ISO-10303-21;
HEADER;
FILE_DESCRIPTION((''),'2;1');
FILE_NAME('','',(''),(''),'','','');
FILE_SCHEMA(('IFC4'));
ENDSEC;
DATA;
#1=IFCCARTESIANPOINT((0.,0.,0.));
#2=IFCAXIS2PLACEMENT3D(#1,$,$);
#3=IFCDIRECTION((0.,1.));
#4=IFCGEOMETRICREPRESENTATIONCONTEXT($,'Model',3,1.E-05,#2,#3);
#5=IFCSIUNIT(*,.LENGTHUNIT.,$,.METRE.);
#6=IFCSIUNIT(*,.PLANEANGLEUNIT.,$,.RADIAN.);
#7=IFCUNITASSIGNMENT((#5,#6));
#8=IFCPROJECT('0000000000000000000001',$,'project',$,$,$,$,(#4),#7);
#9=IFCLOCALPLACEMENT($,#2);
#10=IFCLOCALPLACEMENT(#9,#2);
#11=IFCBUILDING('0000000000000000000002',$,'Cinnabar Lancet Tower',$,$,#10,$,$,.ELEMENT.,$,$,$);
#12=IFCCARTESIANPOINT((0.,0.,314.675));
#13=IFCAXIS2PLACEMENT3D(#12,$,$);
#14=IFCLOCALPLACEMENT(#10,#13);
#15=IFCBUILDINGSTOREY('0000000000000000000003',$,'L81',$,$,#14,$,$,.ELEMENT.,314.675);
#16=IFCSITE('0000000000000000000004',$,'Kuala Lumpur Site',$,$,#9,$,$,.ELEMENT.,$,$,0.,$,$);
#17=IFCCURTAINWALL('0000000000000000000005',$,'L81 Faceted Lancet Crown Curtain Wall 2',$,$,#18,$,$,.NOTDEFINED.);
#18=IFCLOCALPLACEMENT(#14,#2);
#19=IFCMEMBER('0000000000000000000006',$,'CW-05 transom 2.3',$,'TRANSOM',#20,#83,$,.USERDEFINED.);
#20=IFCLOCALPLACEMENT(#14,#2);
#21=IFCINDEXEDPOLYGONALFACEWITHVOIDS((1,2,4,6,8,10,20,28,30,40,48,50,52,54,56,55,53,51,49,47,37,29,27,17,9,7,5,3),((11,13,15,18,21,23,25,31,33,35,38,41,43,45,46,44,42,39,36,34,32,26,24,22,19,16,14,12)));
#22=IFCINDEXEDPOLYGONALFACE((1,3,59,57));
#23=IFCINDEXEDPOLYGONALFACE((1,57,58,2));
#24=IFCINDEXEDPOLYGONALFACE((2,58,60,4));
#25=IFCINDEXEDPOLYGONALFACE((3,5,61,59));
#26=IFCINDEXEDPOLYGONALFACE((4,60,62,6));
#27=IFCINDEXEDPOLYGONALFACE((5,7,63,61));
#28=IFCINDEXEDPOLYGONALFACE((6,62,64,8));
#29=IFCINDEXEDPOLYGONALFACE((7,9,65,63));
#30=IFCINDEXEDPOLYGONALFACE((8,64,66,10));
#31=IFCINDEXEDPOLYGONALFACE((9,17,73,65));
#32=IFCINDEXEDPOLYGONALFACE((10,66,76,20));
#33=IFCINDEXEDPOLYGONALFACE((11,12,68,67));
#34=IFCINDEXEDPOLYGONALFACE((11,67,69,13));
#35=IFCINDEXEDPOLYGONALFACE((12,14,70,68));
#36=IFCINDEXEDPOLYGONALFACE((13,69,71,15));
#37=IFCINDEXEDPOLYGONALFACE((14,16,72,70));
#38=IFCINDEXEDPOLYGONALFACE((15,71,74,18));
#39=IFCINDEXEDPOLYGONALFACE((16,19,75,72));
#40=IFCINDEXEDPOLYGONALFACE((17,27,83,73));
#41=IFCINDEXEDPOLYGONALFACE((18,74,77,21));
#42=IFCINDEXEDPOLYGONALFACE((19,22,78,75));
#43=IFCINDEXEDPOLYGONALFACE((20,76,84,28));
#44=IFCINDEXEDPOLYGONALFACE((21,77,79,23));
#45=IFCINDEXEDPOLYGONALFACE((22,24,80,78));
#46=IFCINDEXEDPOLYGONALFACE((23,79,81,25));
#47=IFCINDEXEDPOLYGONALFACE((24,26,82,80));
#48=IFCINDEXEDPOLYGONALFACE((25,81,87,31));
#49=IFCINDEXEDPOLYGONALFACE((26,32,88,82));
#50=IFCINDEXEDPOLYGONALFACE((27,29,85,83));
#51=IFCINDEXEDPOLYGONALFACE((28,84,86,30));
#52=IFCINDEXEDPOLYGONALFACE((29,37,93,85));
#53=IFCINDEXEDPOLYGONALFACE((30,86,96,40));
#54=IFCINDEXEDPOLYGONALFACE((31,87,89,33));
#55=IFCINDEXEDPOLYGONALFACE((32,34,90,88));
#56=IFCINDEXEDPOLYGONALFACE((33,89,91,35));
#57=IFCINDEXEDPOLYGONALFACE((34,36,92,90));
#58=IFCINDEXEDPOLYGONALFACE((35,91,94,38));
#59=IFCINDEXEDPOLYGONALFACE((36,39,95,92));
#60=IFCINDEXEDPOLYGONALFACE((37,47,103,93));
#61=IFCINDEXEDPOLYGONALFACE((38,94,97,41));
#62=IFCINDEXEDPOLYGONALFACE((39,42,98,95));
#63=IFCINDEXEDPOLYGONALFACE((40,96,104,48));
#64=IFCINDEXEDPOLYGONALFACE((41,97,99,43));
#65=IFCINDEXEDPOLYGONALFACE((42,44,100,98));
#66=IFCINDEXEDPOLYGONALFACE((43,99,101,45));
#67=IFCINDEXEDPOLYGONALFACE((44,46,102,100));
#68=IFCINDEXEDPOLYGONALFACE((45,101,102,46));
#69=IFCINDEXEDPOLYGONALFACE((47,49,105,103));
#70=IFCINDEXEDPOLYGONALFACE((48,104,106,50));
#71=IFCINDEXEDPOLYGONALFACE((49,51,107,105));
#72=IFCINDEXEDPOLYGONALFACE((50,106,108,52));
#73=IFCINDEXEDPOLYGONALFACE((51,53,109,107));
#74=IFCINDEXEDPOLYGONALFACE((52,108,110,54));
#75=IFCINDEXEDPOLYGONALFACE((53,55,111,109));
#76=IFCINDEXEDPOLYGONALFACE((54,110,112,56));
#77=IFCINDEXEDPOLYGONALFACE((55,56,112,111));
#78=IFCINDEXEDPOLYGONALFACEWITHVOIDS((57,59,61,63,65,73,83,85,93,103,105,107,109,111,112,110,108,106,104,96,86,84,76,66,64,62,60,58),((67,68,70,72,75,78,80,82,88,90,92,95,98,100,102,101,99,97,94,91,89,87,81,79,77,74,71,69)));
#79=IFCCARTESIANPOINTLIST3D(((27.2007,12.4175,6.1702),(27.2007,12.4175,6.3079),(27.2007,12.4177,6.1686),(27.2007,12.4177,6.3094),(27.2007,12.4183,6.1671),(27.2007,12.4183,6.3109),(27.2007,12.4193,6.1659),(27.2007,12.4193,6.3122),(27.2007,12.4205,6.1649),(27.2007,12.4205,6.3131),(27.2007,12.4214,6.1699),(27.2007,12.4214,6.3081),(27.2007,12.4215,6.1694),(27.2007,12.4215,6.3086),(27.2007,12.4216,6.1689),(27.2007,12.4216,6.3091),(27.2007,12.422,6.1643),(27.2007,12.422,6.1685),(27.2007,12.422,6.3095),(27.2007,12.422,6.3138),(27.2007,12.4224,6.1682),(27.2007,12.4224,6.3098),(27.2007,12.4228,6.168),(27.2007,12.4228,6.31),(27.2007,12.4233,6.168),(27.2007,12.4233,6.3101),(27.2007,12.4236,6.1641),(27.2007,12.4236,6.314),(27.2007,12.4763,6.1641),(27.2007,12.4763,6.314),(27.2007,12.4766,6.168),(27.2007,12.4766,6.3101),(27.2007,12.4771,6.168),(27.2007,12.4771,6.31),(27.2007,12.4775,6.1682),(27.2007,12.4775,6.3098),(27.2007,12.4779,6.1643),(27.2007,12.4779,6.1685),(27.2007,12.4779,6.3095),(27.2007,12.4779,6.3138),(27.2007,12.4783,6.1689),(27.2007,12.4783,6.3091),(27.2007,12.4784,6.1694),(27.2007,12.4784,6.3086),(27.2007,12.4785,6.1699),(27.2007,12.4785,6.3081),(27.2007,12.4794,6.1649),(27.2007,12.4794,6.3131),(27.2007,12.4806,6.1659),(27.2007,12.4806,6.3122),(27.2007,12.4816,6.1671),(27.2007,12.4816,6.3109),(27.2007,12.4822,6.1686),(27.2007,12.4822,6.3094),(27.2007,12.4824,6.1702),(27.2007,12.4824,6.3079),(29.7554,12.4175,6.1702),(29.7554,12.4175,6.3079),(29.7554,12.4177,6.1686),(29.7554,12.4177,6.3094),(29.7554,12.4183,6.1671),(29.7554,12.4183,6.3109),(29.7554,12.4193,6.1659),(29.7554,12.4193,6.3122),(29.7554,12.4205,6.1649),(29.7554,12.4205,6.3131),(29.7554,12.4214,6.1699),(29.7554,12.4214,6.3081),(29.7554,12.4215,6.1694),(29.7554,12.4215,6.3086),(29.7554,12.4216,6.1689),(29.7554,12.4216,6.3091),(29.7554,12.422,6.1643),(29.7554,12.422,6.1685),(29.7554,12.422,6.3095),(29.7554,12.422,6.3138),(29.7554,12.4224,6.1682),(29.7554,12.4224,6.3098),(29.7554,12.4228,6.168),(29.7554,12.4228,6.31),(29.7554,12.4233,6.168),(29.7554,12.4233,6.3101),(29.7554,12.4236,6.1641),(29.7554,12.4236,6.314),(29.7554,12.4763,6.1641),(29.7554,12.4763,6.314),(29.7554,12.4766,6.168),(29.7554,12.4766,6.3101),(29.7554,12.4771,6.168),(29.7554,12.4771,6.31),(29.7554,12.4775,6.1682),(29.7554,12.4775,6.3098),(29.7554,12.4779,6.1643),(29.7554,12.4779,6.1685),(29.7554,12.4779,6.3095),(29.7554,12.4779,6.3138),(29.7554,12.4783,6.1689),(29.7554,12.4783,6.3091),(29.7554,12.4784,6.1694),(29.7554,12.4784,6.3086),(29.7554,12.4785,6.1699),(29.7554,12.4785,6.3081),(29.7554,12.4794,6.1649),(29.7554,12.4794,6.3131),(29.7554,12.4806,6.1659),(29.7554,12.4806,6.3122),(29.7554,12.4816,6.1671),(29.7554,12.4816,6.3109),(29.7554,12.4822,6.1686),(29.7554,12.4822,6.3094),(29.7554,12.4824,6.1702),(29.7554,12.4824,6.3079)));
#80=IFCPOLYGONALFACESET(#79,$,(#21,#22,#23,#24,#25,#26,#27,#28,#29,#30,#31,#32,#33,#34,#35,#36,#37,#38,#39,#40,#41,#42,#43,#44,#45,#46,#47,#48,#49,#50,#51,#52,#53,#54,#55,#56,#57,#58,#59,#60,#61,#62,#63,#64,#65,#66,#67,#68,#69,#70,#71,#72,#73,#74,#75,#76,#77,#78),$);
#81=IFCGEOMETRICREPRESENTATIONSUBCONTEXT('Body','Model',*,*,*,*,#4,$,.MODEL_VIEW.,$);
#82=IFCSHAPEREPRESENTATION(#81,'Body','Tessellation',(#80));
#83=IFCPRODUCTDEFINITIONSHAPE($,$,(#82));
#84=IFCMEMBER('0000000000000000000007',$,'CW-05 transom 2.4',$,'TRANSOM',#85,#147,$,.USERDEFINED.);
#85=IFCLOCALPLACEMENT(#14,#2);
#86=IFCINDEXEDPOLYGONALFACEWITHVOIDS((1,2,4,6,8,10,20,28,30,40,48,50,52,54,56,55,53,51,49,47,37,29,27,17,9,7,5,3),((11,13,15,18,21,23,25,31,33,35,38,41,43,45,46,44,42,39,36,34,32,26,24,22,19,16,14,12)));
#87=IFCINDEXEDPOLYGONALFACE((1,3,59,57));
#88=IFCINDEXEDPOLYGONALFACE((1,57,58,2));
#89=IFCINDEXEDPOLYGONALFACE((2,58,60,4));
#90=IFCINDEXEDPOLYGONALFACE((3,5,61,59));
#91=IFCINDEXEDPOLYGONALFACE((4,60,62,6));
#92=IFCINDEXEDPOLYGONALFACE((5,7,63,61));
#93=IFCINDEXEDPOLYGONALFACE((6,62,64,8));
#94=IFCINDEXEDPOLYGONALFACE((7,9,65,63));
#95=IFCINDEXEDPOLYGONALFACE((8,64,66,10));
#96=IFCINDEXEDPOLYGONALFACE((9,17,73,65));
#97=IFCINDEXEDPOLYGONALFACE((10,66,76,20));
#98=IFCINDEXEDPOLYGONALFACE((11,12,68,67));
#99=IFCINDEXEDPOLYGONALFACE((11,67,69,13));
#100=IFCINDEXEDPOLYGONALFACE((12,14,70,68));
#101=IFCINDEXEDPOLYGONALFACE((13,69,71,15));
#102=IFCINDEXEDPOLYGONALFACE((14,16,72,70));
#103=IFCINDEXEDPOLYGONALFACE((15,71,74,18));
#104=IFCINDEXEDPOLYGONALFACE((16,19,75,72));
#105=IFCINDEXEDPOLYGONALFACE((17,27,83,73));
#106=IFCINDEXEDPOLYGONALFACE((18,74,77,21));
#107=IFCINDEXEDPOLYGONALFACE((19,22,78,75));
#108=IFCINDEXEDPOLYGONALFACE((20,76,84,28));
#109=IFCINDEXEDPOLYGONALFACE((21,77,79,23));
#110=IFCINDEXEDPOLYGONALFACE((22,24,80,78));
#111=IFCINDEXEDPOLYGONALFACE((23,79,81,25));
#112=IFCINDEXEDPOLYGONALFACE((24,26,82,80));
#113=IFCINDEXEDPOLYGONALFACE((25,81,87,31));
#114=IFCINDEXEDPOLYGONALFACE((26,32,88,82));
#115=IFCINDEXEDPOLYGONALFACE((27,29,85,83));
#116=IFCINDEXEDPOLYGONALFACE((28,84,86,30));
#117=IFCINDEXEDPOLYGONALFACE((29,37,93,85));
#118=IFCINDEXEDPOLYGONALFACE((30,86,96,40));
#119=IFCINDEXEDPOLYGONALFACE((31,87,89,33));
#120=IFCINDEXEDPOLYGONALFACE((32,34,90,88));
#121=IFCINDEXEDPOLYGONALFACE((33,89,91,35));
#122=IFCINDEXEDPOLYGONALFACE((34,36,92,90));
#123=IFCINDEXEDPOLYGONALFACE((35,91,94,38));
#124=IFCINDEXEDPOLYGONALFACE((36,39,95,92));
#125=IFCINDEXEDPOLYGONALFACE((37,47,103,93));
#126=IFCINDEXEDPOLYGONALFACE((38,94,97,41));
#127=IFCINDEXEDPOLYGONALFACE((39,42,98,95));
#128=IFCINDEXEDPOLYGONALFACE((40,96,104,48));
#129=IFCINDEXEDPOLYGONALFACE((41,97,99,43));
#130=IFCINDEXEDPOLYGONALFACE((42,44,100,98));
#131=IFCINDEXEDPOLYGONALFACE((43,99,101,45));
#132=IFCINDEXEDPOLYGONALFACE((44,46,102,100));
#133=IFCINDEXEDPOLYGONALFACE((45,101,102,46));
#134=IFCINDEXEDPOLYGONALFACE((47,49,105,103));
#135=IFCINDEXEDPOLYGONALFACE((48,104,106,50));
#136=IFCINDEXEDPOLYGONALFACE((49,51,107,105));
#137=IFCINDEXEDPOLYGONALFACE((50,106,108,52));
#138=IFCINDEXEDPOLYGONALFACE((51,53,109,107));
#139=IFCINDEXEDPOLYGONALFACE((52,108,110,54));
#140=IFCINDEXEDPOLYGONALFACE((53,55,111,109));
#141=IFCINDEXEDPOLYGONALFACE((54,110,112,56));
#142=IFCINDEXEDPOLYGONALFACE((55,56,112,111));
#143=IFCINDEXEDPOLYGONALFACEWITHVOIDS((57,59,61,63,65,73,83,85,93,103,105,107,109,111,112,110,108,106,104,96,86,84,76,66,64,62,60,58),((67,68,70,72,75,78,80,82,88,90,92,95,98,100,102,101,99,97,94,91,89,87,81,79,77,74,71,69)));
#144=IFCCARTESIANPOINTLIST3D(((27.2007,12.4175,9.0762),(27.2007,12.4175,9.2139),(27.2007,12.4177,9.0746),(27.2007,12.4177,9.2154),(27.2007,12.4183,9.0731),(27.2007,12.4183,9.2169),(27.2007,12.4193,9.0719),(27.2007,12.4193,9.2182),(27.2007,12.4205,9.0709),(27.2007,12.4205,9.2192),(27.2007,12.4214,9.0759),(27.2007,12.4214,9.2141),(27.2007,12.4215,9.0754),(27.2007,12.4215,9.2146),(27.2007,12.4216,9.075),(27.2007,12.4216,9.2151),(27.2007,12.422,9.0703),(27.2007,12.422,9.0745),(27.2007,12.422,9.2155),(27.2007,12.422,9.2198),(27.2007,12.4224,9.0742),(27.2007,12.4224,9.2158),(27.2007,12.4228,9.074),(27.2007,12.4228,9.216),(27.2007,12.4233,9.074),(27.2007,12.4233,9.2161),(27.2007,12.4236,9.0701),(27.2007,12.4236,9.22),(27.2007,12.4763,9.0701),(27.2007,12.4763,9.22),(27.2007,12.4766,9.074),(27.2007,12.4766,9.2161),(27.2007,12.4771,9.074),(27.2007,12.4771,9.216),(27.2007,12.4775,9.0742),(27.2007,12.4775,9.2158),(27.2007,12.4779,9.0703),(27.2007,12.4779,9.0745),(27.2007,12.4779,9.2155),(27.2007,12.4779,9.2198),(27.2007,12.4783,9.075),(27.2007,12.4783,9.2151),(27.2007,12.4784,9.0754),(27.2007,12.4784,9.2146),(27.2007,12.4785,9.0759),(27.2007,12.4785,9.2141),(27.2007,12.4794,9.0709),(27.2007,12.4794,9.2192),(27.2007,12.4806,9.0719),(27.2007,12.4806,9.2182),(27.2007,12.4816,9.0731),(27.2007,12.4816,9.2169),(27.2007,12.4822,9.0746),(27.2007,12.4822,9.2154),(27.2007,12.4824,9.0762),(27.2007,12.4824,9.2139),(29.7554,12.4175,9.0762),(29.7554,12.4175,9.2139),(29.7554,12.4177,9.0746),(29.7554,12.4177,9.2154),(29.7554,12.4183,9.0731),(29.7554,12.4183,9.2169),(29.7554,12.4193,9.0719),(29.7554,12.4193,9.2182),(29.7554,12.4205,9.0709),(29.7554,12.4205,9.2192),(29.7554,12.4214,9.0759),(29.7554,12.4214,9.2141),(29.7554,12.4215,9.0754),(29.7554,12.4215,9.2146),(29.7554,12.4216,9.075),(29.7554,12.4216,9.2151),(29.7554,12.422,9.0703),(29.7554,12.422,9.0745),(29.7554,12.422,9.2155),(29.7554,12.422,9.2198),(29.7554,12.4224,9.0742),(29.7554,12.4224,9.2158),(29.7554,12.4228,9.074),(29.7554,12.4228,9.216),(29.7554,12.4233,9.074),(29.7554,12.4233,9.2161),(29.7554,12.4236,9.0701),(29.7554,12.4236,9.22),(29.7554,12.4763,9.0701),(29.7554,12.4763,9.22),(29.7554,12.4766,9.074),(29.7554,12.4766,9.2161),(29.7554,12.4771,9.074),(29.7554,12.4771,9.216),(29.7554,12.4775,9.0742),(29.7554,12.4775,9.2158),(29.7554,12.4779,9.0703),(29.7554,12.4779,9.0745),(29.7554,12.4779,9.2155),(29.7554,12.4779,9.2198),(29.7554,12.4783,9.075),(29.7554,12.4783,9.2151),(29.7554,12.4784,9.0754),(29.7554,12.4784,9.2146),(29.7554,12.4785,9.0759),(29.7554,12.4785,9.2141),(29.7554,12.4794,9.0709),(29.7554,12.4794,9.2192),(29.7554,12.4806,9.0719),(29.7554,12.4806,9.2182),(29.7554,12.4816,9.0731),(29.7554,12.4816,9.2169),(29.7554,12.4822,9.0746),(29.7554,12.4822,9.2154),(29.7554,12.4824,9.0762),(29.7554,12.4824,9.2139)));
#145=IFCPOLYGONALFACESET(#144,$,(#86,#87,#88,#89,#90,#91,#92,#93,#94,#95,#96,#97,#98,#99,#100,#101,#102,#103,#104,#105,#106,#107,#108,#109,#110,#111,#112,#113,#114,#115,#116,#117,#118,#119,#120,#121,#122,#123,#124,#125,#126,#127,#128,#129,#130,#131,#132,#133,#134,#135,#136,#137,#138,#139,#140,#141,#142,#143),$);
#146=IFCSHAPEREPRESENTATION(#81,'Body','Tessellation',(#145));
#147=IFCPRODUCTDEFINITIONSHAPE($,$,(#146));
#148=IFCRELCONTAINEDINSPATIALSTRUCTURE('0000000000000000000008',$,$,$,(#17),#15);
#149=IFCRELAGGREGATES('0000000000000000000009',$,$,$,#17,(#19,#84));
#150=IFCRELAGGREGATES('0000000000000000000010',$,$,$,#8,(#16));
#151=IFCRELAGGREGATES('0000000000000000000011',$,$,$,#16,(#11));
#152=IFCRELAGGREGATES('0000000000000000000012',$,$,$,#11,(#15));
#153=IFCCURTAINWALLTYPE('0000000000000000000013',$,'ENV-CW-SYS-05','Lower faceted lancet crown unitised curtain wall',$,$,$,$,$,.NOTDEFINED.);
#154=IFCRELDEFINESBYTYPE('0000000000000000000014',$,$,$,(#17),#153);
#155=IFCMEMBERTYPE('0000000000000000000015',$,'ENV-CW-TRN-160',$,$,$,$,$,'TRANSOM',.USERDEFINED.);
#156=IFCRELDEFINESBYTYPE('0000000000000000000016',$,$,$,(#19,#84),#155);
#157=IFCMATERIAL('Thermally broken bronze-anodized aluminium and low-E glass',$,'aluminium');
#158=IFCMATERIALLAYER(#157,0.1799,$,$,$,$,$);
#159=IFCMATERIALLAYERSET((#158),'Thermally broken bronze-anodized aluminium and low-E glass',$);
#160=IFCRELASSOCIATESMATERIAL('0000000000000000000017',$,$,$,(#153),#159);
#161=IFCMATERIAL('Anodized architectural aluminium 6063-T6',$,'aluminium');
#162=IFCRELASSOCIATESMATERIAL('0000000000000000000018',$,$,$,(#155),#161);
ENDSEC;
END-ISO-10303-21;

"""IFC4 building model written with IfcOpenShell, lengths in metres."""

from ifc_helpers import new_model, si_unit, direction, frame, origin, origin_2d, place, context, subcontext, project, spatial, hollow_rectangle, extrude, material, layer, layer_set, material_profile, profile_set, type_object, element, aggregate, save


model = new_model("IFC4")

# Units and contexts
model_context = context("Model", 3, precision=1e-05, world=origin(), true_north=direction((0.0, 1.0)))
body_context = subcontext(model_context, "Body", "Model", "MODEL_VIEW")
ifc_project = project(units=[si_unit("LENGTHUNIT", "METRE"), si_unit("PLANEANGLEUNIT", "RADIAN")], contexts=[model_context])

# Site, building, storey
site_placement = place(None, origin())
site = spatial("IfcSite", under=ifc_project, at=site_placement, Name="Kuala Lumpur Site", CompositionType="ELEMENT", RefElevation=0.0)
building_placement = place(site_placement, origin())
building = spatial("IfcBuilding", under=site, at=building_placement, Name="Cinnabar Lancet Tower", CompositionType="ELEMENT")
storey_placement = place(building_placement, frame((0.0, 0.0, 314.675)))
storey = spatial("IfcBuildingStorey", under=building, at=storey_placement, Name="L81", CompositionType="ELEMENT", Elevation=314.675)

# Shared definitions
ifc_material_1 = material(Name="Thermally broken bronze-anodized aluminium and low-E glass", Category="aluminium")
ifc_layer_1 = layer(ifc_material_1, 0.1799)
ifc_layer_set_1 = layer_set([ifc_layer_1], Name="Thermally broken bronze-anodized aluminium and low-E glass")
curtain_wall_type = type_object("IfcCurtainWallType", Name="ENV-CW-SYS-05", Description="Lower faceted lancet crown unitised curtain wall", PredefinedType="NOTDEFINED", material=ifc_layer_set_1)

# Curtain wall, members
curtain_wall_1_placement = place(storey_placement, origin())
curtain_wall_1 = element("IfcCurtainWall", 1, at=curtain_wall_1_placement, inside=storey, type_object=curtain_wall_type, Name="L81 Faceted Lancet Crown Curtain Wall 2", PredefinedType="NOTDEFINED")
ifc_material_2 = material(Name="Anodized architectural aluminium 6063-T6", Category="aluminium")
ifc_material_profile_1 = material_profile(ifc_material_2, hollow_rectangle(XDim=0.0649, YDim=0.1499, WallThickness=0.0039, InnerFilletRadius=0.002, OuterFilletRadius=0.0061, at=origin_2d()), Name="CW-TRN 150x65x4")
ifc_profile_set_1 = profile_set([ifc_material_profile_1], Name="Anodized architectural aluminium 6063-T6")
member_type_1 = type_object("IfcMemberType", Name="ENV-CW-TRN-160", ElementType="TRANSOM", PredefinedType="USERDEFINED", material=ifc_profile_set_1)
member_1_placement = place(storey_placement, frame((27.2007, 12.45, 6.239), z_axis=(1.0, 0.0, 0.0), x_axis=(0.0, 1.0, 0.0)))
member_1 = element("IfcMember", 2, at=member_1_placement, type_object=member_type_1, Name="CW-05 transom 2.3", ObjectType="TRANSOM", PredefinedType="USERDEFINED", context=body_context, shape_type="SweptSolid", body=[
    extrude(hollow_rectangle(XDim=0.0649, YDim=0.1499, WallThickness=0.0039, InnerFilletRadius=0.002, OuterFilletRadius=0.0061, at=origin_2d()), origin(), (0.0, 0.0, 1.0), 2.5547),
])
member_2_placement = place(storey_placement, frame((27.2007, 12.45, 9.145), z_axis=(1.0, 0.0, 0.0), x_axis=(0.0, 1.0, 0.0)))
member_2 = element("IfcMember", 3, at=member_2_placement, type_object=member_type_1, Name="CW-05 transom 2.4", ObjectType="TRANSOM", PredefinedType="USERDEFINED", context=body_context, shape_type="SweptSolid", body=[
    extrude(hollow_rectangle(XDim=0.0649, YDim=0.1499, WallThickness=0.0039, InnerFilletRadius=0.002, OuterFilletRadius=0.0061, at=origin_2d()), origin(), (0.0, 0.0, 1.0), 2.5547),
])

aggregate(curtain_wall_1, [member_1, member_2])

save(model, "model.ifc")
